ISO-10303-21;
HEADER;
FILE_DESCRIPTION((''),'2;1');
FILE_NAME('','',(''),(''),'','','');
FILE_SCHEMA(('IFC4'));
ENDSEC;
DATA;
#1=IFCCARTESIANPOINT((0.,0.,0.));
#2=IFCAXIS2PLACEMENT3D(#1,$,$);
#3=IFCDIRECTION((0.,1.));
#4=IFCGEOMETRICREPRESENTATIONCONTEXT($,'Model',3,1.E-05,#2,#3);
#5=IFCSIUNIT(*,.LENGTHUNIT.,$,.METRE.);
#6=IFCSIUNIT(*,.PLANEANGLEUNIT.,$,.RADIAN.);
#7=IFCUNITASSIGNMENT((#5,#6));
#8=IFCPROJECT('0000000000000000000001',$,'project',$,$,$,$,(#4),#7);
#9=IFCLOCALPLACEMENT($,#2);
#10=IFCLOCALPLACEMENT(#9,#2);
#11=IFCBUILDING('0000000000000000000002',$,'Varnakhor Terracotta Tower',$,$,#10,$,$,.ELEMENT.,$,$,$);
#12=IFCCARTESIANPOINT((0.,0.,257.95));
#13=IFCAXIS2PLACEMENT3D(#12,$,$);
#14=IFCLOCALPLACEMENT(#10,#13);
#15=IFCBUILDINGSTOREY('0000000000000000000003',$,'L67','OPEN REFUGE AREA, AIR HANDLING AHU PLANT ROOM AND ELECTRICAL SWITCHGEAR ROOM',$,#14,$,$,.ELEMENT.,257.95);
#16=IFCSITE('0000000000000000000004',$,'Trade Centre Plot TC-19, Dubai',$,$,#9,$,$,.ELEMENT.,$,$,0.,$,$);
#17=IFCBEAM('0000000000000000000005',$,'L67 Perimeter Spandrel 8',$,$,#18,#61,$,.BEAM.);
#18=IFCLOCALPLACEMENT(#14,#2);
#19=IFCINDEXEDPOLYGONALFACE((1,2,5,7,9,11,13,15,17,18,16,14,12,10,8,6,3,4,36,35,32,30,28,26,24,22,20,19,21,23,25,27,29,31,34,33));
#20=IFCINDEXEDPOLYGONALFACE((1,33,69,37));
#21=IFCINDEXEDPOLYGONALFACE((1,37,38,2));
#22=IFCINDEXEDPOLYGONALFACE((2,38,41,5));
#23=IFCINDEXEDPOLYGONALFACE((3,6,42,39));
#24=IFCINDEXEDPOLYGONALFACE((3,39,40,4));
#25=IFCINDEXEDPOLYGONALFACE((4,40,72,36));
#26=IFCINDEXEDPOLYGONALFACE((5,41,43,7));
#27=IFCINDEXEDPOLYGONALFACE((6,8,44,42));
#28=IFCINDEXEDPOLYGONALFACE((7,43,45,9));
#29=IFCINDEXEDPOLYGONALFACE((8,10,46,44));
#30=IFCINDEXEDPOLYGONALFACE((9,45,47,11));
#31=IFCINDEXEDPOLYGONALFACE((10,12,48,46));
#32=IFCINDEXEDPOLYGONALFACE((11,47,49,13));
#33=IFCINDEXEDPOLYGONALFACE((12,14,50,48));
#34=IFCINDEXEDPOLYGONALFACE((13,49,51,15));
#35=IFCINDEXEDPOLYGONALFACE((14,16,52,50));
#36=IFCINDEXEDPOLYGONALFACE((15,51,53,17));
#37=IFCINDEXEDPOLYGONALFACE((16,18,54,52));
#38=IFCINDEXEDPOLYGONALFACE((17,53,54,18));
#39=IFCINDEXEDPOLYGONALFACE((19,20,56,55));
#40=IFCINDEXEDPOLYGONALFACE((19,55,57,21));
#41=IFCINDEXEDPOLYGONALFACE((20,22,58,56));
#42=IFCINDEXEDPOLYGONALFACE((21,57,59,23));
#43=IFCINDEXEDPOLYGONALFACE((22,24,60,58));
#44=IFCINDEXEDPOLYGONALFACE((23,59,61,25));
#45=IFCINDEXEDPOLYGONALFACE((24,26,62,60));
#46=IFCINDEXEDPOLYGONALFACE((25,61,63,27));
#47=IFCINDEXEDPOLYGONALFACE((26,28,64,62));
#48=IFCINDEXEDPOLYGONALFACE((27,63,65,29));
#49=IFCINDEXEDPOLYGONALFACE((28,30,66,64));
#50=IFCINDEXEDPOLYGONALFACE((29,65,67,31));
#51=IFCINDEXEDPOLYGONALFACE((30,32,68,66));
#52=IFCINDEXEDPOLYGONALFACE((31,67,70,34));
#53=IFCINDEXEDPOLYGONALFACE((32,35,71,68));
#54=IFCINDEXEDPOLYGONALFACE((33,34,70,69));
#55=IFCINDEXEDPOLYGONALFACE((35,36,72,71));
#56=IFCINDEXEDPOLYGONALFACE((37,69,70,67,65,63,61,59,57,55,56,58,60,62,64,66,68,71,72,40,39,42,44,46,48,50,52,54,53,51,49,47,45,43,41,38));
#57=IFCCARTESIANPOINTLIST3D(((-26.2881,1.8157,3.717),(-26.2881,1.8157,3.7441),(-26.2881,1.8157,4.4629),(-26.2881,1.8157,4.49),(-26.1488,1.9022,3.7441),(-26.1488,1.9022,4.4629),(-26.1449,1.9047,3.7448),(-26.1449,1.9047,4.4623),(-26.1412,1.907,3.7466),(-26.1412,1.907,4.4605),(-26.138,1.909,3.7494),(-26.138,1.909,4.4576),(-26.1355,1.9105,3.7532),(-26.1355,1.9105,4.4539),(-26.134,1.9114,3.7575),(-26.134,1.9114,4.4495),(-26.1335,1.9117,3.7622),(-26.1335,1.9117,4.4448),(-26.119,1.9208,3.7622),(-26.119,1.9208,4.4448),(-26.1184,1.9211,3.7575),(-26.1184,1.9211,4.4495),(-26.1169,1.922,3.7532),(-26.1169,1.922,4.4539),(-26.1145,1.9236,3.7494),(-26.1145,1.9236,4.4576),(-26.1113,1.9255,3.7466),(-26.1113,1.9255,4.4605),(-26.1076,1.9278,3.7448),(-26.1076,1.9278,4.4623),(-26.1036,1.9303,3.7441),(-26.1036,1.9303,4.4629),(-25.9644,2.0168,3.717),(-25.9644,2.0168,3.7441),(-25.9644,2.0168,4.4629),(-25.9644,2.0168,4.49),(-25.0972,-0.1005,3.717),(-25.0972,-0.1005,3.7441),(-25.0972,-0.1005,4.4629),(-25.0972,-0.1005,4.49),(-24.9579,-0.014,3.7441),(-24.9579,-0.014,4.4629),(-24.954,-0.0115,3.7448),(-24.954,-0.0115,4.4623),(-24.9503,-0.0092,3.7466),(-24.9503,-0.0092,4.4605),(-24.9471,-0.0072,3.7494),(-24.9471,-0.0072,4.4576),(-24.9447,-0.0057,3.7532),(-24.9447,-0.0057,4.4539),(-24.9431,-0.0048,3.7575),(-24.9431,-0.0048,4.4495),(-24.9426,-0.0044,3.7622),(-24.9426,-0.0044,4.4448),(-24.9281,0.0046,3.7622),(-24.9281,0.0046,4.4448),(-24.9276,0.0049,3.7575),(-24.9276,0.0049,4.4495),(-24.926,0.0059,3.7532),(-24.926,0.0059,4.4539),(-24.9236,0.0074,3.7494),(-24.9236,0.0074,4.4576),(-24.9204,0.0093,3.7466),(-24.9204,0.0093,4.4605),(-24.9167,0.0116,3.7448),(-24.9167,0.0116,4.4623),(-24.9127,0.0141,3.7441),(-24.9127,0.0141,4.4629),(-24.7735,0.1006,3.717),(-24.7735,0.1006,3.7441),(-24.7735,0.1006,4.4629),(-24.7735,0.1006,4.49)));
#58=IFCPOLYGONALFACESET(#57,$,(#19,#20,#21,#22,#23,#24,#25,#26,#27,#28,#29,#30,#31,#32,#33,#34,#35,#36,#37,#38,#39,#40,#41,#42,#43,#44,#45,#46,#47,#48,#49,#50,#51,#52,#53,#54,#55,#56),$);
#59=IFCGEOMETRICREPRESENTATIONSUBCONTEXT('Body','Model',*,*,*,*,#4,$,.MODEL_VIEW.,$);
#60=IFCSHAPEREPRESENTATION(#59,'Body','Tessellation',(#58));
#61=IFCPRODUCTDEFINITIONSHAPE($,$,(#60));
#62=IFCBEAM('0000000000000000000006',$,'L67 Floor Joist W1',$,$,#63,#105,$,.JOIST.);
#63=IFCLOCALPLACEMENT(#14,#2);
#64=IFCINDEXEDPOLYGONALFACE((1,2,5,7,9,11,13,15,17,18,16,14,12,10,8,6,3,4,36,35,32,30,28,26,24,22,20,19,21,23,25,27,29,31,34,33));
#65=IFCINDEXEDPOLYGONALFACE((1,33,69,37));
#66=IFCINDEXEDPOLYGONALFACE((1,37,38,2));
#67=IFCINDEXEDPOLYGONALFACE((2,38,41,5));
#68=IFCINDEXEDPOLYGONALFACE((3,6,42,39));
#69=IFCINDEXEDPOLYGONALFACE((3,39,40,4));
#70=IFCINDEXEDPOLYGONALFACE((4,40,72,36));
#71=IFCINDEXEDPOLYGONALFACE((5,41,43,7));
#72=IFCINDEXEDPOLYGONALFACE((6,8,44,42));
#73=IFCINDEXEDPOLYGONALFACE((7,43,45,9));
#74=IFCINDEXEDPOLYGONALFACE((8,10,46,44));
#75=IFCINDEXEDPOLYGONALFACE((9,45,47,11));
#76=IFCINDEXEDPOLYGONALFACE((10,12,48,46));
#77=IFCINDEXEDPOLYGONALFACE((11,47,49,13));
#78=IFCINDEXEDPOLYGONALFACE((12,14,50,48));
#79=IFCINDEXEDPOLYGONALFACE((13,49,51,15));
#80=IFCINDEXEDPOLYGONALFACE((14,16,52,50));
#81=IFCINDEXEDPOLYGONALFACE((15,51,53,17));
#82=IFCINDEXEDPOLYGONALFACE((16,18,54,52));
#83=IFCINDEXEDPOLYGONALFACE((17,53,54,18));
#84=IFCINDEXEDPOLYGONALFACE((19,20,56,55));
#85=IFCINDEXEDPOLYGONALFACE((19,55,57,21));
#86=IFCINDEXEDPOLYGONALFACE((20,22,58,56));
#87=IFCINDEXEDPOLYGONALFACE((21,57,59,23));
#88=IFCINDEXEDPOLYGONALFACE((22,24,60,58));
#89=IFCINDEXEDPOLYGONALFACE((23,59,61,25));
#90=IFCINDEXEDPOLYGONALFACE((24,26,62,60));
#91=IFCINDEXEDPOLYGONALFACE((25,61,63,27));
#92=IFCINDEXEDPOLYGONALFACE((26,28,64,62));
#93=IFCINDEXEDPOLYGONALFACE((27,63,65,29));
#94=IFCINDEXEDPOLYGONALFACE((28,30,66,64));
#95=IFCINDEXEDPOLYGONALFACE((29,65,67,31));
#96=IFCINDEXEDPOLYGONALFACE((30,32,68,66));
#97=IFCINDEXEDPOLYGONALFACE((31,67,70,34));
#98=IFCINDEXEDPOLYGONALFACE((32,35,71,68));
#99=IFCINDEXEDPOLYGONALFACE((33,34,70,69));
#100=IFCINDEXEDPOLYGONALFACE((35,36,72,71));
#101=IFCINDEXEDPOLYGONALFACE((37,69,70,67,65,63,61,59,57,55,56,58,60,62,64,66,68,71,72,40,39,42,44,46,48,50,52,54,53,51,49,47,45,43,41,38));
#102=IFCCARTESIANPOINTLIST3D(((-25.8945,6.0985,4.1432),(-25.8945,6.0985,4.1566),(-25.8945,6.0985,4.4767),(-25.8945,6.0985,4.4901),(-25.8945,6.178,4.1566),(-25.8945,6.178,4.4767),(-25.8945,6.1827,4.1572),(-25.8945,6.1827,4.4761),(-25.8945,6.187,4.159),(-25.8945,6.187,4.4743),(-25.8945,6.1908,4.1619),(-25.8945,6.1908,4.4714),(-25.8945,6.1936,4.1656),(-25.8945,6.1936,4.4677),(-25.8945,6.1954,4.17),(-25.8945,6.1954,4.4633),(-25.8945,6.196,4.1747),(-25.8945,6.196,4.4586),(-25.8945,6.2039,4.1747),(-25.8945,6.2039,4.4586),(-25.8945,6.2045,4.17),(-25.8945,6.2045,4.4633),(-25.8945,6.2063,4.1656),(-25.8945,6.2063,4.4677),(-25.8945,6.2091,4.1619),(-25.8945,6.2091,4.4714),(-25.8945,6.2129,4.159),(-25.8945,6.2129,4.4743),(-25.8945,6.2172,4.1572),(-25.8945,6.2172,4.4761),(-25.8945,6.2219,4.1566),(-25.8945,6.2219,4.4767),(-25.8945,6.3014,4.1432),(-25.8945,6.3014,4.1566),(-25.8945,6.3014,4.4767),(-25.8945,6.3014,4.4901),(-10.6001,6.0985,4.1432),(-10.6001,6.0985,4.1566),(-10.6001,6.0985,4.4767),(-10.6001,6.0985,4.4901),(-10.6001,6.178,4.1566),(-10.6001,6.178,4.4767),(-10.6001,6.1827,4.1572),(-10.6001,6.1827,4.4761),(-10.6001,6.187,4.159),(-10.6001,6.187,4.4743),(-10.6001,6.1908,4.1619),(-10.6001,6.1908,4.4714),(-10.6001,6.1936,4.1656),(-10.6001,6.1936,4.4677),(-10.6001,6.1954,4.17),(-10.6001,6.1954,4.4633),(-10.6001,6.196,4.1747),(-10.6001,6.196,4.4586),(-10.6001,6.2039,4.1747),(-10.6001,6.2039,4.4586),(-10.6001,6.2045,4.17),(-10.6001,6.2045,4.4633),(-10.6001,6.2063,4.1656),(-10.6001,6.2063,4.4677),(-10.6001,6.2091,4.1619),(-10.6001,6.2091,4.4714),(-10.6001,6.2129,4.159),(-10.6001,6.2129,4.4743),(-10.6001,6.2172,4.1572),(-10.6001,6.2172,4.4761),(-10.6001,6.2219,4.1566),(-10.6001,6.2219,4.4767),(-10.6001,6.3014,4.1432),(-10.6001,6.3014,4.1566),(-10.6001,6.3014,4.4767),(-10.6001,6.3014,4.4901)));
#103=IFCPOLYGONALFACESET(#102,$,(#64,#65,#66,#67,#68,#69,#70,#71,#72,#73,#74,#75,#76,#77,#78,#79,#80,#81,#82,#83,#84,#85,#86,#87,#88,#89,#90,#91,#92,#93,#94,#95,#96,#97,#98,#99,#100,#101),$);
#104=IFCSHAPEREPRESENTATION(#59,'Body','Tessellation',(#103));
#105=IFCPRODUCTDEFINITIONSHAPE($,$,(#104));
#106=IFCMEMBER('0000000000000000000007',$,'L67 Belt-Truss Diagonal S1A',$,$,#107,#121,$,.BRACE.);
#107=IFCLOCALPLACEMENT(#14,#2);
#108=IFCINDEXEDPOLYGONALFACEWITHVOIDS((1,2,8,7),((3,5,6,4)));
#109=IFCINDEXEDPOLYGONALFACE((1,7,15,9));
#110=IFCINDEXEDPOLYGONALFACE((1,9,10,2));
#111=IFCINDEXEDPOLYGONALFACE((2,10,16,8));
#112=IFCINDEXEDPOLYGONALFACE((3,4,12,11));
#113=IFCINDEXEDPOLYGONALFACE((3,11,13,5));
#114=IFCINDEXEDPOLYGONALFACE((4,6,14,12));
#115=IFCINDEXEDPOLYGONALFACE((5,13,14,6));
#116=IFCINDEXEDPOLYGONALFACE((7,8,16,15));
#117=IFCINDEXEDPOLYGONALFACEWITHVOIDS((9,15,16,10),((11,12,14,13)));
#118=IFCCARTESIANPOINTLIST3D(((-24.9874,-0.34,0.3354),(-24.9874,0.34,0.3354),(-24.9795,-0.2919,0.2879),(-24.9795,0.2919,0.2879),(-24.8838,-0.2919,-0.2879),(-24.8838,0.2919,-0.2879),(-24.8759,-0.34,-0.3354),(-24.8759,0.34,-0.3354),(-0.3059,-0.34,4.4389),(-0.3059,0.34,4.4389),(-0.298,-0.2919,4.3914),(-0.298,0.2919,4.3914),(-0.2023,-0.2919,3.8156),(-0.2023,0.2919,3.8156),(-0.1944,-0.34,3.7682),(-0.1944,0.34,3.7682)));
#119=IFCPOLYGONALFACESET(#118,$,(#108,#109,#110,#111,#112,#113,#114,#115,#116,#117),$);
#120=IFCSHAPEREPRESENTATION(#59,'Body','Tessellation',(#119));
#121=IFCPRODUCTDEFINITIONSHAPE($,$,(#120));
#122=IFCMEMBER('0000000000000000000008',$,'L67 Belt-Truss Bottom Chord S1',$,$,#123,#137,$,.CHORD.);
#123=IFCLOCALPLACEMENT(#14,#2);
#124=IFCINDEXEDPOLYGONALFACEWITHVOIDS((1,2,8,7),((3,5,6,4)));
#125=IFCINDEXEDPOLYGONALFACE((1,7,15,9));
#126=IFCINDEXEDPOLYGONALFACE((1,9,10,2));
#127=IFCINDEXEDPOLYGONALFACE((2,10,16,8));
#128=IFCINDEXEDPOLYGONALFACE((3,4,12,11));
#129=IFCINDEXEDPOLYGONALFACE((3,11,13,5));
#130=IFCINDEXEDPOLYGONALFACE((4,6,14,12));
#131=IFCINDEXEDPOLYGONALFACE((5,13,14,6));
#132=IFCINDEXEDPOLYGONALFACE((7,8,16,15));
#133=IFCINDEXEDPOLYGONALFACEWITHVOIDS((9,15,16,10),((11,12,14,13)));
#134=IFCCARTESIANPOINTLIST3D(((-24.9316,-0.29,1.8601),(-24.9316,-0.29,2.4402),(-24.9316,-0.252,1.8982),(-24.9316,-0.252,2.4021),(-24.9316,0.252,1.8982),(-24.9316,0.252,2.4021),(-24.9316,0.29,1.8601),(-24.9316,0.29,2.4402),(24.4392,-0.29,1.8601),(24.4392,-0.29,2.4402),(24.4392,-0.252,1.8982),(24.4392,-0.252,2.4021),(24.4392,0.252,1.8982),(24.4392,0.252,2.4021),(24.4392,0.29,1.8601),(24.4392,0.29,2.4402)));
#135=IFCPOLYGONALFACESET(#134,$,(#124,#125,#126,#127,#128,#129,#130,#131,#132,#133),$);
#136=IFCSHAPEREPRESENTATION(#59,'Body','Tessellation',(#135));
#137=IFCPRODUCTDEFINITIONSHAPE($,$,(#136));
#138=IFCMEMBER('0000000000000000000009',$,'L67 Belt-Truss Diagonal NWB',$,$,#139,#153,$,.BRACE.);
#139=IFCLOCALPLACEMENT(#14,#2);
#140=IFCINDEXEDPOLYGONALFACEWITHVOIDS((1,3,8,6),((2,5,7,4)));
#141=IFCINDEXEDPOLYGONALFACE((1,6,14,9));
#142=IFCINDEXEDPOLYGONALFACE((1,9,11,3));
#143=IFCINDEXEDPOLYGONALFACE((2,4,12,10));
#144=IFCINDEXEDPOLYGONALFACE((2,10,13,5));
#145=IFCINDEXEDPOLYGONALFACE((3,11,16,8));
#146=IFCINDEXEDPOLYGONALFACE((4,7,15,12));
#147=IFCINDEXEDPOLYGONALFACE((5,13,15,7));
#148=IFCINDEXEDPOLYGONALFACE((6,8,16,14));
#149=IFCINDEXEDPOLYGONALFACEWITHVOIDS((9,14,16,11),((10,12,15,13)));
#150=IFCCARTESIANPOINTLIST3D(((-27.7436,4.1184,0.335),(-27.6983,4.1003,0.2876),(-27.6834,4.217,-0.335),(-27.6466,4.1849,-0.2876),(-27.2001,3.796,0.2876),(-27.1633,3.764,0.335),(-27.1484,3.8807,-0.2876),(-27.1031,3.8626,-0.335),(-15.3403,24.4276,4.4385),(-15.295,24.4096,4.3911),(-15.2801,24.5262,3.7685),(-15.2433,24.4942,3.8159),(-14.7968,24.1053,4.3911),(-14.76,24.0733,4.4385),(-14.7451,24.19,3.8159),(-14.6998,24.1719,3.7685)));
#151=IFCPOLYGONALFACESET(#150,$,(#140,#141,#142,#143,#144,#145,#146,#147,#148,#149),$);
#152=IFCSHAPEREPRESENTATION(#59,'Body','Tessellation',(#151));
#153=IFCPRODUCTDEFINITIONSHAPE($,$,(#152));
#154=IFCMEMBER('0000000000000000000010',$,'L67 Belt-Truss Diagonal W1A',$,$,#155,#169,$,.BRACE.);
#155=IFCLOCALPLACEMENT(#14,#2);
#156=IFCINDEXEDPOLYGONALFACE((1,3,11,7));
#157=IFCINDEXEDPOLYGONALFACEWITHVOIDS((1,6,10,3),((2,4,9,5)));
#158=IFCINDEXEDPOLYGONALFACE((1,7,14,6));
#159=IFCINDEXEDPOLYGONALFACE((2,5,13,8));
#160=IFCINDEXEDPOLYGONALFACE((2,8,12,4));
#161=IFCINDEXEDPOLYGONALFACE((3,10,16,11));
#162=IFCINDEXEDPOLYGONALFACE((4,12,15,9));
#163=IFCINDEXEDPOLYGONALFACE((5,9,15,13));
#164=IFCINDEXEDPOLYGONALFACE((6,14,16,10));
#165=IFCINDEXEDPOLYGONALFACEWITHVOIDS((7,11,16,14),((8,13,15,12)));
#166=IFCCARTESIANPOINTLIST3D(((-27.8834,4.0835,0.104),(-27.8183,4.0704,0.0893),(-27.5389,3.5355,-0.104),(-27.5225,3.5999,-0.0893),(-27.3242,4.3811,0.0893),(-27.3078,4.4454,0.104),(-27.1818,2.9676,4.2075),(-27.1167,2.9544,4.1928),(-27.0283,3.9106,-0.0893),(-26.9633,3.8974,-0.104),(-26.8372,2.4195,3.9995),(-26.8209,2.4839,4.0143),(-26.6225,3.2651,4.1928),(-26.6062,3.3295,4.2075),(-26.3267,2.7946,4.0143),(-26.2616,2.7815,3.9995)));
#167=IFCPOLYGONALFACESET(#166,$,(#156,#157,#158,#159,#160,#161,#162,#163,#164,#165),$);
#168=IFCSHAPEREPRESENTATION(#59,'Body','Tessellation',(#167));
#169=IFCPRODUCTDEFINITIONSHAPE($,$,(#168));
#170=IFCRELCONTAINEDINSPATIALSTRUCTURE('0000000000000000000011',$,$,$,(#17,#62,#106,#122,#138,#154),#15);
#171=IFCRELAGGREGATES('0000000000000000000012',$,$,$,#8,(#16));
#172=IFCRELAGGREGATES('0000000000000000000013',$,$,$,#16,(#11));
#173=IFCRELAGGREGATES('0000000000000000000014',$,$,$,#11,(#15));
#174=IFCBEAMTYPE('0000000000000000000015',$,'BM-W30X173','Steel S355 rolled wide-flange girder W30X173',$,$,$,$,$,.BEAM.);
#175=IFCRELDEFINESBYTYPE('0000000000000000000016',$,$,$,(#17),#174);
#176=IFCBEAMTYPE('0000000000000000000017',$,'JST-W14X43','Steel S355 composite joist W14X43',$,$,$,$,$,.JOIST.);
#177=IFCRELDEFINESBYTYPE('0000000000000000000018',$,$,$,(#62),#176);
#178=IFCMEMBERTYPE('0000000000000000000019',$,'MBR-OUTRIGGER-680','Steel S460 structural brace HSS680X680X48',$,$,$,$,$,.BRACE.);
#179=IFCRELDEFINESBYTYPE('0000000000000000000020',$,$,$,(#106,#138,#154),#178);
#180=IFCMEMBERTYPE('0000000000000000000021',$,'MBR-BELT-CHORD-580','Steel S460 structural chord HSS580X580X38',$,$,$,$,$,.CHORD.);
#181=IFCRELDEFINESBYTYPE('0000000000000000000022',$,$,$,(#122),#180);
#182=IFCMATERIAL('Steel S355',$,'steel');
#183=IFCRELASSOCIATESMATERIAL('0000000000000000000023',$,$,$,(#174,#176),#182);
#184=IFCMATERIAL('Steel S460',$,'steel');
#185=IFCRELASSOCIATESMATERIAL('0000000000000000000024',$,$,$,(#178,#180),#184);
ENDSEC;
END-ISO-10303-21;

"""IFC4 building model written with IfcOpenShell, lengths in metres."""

from ifc_helpers import new_model, si_unit, direction, frame, origin, origin_2d, place, context, subcontext, project, spatial, hollow_rectangle, i_section, extrude, source, transform, mapped, material, material_profile, profile_set, type_object, element, save


model = new_model("IFC4")

# Units and contexts
model_context = context("Model", 3, precision=1e-05, world=origin(), true_north=direction((0.0, 1.0)))
body_context = subcontext(model_context, "Body", "Model", "MODEL_VIEW")
ifc_project = project(units=[si_unit("LENGTHUNIT", "METRE"), si_unit("PLANEANGLEUNIT", "RADIAN")], contexts=[model_context])

# Site, building, storey
site_placement = place(None, origin())
site = spatial("IfcSite", under=ifc_project, at=site_placement, Name="Trade Centre Plot TC-19, Dubai", CompositionType="ELEMENT", RefElevation=0.0)
building_placement = place(site_placement, origin())
building = spatial("IfcBuilding", under=site, at=building_placement, Name="Varnakhor Terracotta Tower", CompositionType="ELEMENT")
storey_placement = place(building_placement, frame((0.0, 0.0, 257.95)))
storey = spatial("IfcBuildingStorey", under=building, at=storey_placement, Name="L67", Description="OPEN REFUGE AREA, AIR HANDLING AHU PLANT ROOM AND ELECTRICAL SWITCHGEAR ROOM", CompositionType="ELEMENT", Elevation=257.95)

# Shared definitions
ifc_material_1 = material(Name="Steel S460", Category="steel")

# Beams
ifc_material_2 = material(Name="Steel S355", Category="steel")
ifc_material_profile_1 = material_profile(ifc_material_2, i_section(OverallWidth=0.3811, OverallDepth=0.7729, WebThickness=0.0171, FlangeThickness=0.0271, FilletRadius=0.0181, at=origin_2d()), Name="W30X173")
ifc_profile_set_1 = profile_set([ifc_material_profile_1], Name="Steel S355")
beam_type_1 = type_object("IfcBeamType", Name="BM-W30X173", Description="Steel S355 rolled wide-flange girder W30X173", PredefinedType="BEAM", material=ifc_profile_set_1)
shared_shape_1 = source(origin(), body_context, "Body", "SweptSolid", [
    extrude(i_section(OverallWidth=0.3811, OverallDepth=0.7729, WebThickness=0.0171, FlangeThickness=0.0271, FilletRadius=0.0181, at=origin_2d()), origin(), (0.0, 0.0, 1.0), 2.2561),
])
beam_1_placement = place(storey_placement, frame((-26.1262, 1.9163, 4.1035), z_axis=(0.527848, -0.849339, 0.0), x_axis=(0.849339, 0.527848, 0.0)))
element("IfcBeam", 1, at=beam_1_placement, inside=storey, type_object=beam_type_1, Name="L67 Perimeter Spandrel 8", PredefinedType="BEAM", context=body_context, shape_type="MappedRepresentation", body=[
    mapped(shared_shape_1, transform((0.0, 0.0, 0.0), scale=1.0)),
])
ifc_material_profile_2 = material_profile(ifc_material_2, i_section(OverallWidth=0.2029, OverallDepth=0.3469, WebThickness=0.0078, FlangeThickness=0.0134, FilletRadius=0.0181, at=origin_2d()), Name="W14X43")
ifc_profile_set_2 = profile_set([ifc_material_profile_2], Name="Steel S355")
beam_type_2 = type_object("IfcBeamType", Name="JST-W14X43", Description="Steel S355 composite joist W14X43", PredefinedType="JOIST", material=ifc_profile_set_2)
shared_shape_2 = source(origin(), body_context, "Body", "SweptSolid", [
    extrude(i_section(OverallWidth=0.2029, OverallDepth=0.3469, WebThickness=0.0078, FlangeThickness=0.0134, FilletRadius=0.0181, at=origin_2d()), origin(), (0.0, 0.0, 1.0), 15.2944),
])
beam_2_placement = place(storey_placement, frame((-25.8945, 6.2, 4.3167), z_axis=(1.0, 0.0, 0.0), x_axis=(0.0, 1.0, 0.0)))
element("IfcBeam", 2, at=beam_2_placement, inside=storey, type_object=beam_type_2, Name="L67 Floor Joist W1", PredefinedType="JOIST", context=body_context, shape_type="MappedRepresentation", body=[
    mapped(shared_shape_2, transform((0.0, 0.0, 0.0), scale=1.0)),
])

# Members
ifc_material_profile_3 = material_profile(ifc_material_1, hollow_rectangle(XDim=0.6799, YDim=0.6799, WallThickness=0.0481, at=origin_2d()), Name="HSS680X680X48")
ifc_profile_set_3 = profile_set([ifc_material_profile_3], Name="Steel S460")
member_type_1 = type_object("IfcMemberType", Name="MBR-OUTRIGGER-680", Description="Steel S460 structural brace HSS680X680X48", PredefinedType="BRACE", material=ifc_profile_set_3)
shared_shape_3 = source(origin(), body_context, "Body", "SweptSolid", [
    extrude(hollow_rectangle(XDim=0.6799, YDim=0.6799, WallThickness=0.0481, at=origin_2d()), origin(), (0.0, 0.0, 1.0), 25.0203),
])
member_1_placement = place(storey_placement, frame((-24.9316, 0.0, 0.0), z_axis=(0.986459, 0.0, 0.164008), x_axis=(0.0, 1.0, 0.0)))
element("IfcMember", 3, at=member_1_placement, inside=storey, type_object=member_type_1, Name="L67 Belt-Truss Diagonal S1A", PredefinedType="BRACE", context=body_context, shape_type="MappedRepresentation", body=[
    mapped(shared_shape_3, transform((0.0, 0.0, 0.0), scale=1.0)),
])
ifc_material_profile_4 = material_profile(ifc_material_1, hollow_rectangle(XDim=0.5801, YDim=0.5801, WallThickness=0.0381, at=origin_2d()), Name="HSS580X580X38")
ifc_profile_set_4 = profile_set([ifc_material_profile_4], Name="Steel S460")
member_type_2 = type_object("IfcMemberType", Name="MBR-BELT-CHORD-580", Description="Steel S460 structural chord HSS580X580X38", PredefinedType="CHORD", material=ifc_profile_set_4)
shared_shape_4 = source(origin(), body_context, "Body", "SweptSolid", [
    extrude(hollow_rectangle(XDim=0.5801, YDim=0.5801, WallThickness=0.0381, at=origin_2d()), origin(), (0.0, 0.0, 1.0), 49.3708),
])
member_2_placement = place(storey_placement, frame((-24.9316, 0.0, 2.1501), z_axis=(1.0, 0.0, 0.0), x_axis=(0.0, 1.0, 0.0)))
element("IfcMember", 4, at=member_2_placement, inside=storey, type_object=member_type_2, Name="L67 Belt-Truss Bottom Chord S1", PredefinedType="CHORD", context=body_context, shape_type="MappedRepresentation", body=[
    mapped(shared_shape_4, transform((0.0, 0.0, 0.0), scale=1.0)),
])
shared_shape_5 = source(origin(), body_context, "Body", "SweptSolid", [
    extrude(hollow_rectangle(XDim=0.6799, YDim=0.6799, WallThickness=0.0481, at=origin_2d()), origin(), (0.0, 0.0, 1.0), 24.1484),
])
member_3_placement = place(storey_placement, frame((-27.4233, 3.9905, 0.0), z_axis=(0.513627, 0.841018, 0.169928), x_axis=(-0.85343, 0.521207, 0.0)))
element("IfcMember", 5, at=member_3_placement, inside=storey, type_object=member_type_1, Name="L67 Belt-Truss Diagonal NWB", PredefinedType="BRACE", context=body_context, shape_type="MappedRepresentation", body=[
    mapped(shared_shape_5, transform((0.0, 0.0, 0.0), scale=1.0)),
])
shared_shape_6 = source(origin(), body_context, "Body", "SweptSolid", [
    extrude(hollow_rectangle(XDim=0.6799, YDim=0.6799, WallThickness=0.0481, at=origin_2d()), origin(), (0.0, 0.0, 1.0), 4.3101),
])
member_4_placement = place(storey_placement, frame((-27.4233, 3.9905, 0.0), z_axis=(0.162796, -0.258922, 0.95208), x_axis=(0.84657, 0.532278, 0.0)))
element("IfcMember", 6, at=member_4_placement, inside=storey, type_object=member_type_1, Name="L67 Belt-Truss Diagonal W1A", PredefinedType="BRACE", context=body_context, shape_type="MappedRepresentation", body=[
    mapped(shared_shape_6, transform((0.0, 0.0, 0.0), scale=1.0)),
])

save(model, "model.ifc")
